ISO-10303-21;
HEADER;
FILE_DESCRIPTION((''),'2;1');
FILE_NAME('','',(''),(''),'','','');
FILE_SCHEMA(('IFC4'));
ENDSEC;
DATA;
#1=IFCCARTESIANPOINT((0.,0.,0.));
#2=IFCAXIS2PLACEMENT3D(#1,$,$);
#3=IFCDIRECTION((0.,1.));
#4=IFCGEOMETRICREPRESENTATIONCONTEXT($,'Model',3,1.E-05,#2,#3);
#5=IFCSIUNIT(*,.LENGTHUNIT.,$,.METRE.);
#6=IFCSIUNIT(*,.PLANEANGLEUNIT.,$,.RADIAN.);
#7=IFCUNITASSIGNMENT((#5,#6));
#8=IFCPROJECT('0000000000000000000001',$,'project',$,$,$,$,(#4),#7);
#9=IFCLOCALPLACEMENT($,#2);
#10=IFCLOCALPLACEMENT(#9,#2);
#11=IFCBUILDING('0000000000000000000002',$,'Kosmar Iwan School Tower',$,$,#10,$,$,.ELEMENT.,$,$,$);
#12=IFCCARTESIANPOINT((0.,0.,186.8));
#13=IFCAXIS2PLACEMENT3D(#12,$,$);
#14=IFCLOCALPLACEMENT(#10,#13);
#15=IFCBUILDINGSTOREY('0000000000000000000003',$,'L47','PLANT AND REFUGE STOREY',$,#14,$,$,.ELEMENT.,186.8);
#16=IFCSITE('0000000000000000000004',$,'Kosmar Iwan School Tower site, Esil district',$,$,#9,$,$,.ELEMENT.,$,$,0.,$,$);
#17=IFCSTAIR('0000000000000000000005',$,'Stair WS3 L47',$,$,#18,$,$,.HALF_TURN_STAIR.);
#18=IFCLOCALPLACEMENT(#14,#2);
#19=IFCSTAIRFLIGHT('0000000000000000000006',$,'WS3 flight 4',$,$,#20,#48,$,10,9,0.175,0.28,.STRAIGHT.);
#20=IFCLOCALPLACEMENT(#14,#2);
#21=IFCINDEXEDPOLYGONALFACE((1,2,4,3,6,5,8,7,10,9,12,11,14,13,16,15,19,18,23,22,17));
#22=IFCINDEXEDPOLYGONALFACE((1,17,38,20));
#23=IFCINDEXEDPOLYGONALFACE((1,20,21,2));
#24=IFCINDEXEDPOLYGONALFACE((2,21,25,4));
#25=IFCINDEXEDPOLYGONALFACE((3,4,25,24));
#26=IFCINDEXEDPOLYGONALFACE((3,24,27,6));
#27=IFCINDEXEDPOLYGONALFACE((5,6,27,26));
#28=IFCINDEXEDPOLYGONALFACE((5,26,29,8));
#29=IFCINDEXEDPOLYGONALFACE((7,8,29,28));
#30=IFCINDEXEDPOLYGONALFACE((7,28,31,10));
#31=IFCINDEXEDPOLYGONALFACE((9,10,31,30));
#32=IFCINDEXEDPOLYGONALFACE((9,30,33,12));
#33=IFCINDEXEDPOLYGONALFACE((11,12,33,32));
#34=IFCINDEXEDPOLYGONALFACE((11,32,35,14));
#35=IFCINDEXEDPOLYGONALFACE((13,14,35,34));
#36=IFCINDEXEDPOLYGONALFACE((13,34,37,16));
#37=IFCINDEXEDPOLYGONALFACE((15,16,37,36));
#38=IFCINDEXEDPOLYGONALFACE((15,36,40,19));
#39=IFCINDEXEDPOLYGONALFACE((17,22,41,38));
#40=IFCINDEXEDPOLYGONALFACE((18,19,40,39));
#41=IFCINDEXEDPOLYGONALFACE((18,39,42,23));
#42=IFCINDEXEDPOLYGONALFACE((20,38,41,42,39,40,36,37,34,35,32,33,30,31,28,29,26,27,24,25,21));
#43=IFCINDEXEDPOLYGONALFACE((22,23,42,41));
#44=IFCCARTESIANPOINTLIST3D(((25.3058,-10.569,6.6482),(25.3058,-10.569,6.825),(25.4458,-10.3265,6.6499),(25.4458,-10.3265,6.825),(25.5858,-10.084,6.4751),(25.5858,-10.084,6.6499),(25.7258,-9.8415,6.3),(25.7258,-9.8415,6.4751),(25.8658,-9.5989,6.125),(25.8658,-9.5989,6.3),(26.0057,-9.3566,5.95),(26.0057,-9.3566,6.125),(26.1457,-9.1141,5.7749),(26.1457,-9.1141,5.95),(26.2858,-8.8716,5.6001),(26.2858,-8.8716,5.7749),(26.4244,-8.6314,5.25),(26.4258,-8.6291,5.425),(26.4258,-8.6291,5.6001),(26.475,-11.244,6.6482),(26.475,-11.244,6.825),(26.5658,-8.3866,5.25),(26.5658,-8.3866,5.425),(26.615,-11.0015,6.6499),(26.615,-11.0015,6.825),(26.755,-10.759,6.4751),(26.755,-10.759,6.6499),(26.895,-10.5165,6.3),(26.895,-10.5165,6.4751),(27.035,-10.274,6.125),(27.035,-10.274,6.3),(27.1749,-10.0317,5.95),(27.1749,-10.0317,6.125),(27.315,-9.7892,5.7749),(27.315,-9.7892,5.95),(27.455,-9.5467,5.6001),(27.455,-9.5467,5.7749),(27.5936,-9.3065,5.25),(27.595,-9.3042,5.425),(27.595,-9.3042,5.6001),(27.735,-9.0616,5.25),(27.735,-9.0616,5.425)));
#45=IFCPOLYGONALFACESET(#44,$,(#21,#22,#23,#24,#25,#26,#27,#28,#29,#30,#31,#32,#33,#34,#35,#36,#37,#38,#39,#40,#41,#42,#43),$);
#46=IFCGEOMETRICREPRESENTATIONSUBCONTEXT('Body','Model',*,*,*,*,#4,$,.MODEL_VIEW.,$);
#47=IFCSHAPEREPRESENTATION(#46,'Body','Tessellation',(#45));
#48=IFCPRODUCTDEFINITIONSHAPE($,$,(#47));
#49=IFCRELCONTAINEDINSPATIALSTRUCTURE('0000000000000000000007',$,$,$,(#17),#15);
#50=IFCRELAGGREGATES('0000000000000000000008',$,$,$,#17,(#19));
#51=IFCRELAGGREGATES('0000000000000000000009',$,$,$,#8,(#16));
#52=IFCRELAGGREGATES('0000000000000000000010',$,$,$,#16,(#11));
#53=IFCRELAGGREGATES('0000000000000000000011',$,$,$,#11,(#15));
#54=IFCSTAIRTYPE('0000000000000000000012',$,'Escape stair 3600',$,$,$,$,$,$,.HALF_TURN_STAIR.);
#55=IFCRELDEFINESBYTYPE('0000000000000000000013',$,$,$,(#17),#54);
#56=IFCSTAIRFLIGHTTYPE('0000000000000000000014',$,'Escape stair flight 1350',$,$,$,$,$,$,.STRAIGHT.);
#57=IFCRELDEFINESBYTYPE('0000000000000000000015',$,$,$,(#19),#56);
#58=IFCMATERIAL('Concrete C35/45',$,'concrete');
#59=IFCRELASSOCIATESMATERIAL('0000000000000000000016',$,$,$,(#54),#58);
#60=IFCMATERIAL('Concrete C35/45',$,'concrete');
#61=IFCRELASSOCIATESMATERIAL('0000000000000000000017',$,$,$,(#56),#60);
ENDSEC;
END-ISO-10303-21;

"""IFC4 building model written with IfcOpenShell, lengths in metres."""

from ifc_helpers import new_model, si_unit, direction, frame, origin, place, context, subcontext, project, spatial, polyline, outline, extrude, material, type_object, element, aggregate, save


model = new_model("IFC4")

# Units and contexts
model_context = context("Model", 3, precision=1e-05, world=origin(), true_north=direction((0.0, 1.0)))
body_context = subcontext(model_context, "Body", "Model", "MODEL_VIEW")
ifc_project = project(units=[si_unit("LENGTHUNIT", "METRE"), si_unit("PLANEANGLEUNIT", "RADIAN")], contexts=[model_context])

# Site, building, storey
site_placement = place(None, origin())
site = spatial("IfcSite", under=ifc_project, at=site_placement, Name="Kosmar Iwan School Tower site, Esil district", CompositionType="ELEMENT", RefElevation=0.0)
building_placement = place(site_placement, origin())
building = spatial("IfcBuilding", under=site, at=building_placement, Name="Kosmar Iwan School Tower", CompositionType="ELEMENT")
storey_placement = place(building_placement, frame((0.0, 0.0, 186.8)))
storey = spatial("IfcBuildingStorey", under=building, at=storey_placement, Name="L47", Description="PLANT AND REFUGE STOREY", CompositionType="ELEMENT", Elevation=186.8)

# Stair, stair flight
ifc_material_1 = material(Name="Concrete C35/45", Category="concrete")
stair_type = type_object("IfcStairType", Name="Escape stair 3600", PredefinedType="HALF_TURN_STAIR", material=ifc_material_1)
stair_placement = place(storey_placement, origin())
stair = element("IfcStair", 1, at=stair_placement, inside=storey, type_object=stair_type, Name="Stair WS3 L47", PredefinedType="HALF_TURN_STAIR")
ifc_material_2 = material(Name="Concrete C35/45", Category="concrete")
stair_flight_type = type_object("IfcStairFlightType", Name="Escape stair flight 1350", PredefinedType="STRAIGHT", material=ifc_material_2)
stair_flight_1_placement = place(storey_placement, frame((27.1504, -8.7241, 5.25), z_axis=(0.0, 0.0, 1.0), x_axis=(-0.5, -0.866025, 0.0)))
stair_flight_1 = element("IfcStairFlight", 2, at=stair_flight_1_placement, type_object=stair_flight_type, Name="WS3 flight 4", NumberOfRisers=10, NumberOfTreads=9, PredefinedType="STRAIGHT", RiserHeight=0.175, TreadLength=0.28, context=body_context, shape_type="SweptSolid", body=[
    extrude(outline(polyline([(0.0, 0.0), (0.0, 0.175), (0.28, 0.175), (0.28, 0.3501), (0.5601, 0.3501), (0.5601, 0.5249), (0.8401, 0.5249), (0.8401, 0.7), (1.1201, 0.7), (1.1201, 0.875), (1.3999, 0.875), (1.3999, 1.05), (1.6799, 1.05), (1.6799, 1.2251), (1.96, 1.2251), (1.96, 1.3999), (2.24, 1.3999), (2.24, 1.575), (2.52, 1.575), (2.52, 1.75), (2.52, 1.3982), (0.2827, 0.0), (0.0, 0.0)])), frame((0.0, 0.675, 0.0), z_axis=(0.0, -1.0, 0.0), x_axis=(1.0, 0.0, 0.0)), (0.0, 0.0, 1.0), 1.3501),
])
aggregate(stair, [stair_flight_1])

save(model, "model.ifc")
